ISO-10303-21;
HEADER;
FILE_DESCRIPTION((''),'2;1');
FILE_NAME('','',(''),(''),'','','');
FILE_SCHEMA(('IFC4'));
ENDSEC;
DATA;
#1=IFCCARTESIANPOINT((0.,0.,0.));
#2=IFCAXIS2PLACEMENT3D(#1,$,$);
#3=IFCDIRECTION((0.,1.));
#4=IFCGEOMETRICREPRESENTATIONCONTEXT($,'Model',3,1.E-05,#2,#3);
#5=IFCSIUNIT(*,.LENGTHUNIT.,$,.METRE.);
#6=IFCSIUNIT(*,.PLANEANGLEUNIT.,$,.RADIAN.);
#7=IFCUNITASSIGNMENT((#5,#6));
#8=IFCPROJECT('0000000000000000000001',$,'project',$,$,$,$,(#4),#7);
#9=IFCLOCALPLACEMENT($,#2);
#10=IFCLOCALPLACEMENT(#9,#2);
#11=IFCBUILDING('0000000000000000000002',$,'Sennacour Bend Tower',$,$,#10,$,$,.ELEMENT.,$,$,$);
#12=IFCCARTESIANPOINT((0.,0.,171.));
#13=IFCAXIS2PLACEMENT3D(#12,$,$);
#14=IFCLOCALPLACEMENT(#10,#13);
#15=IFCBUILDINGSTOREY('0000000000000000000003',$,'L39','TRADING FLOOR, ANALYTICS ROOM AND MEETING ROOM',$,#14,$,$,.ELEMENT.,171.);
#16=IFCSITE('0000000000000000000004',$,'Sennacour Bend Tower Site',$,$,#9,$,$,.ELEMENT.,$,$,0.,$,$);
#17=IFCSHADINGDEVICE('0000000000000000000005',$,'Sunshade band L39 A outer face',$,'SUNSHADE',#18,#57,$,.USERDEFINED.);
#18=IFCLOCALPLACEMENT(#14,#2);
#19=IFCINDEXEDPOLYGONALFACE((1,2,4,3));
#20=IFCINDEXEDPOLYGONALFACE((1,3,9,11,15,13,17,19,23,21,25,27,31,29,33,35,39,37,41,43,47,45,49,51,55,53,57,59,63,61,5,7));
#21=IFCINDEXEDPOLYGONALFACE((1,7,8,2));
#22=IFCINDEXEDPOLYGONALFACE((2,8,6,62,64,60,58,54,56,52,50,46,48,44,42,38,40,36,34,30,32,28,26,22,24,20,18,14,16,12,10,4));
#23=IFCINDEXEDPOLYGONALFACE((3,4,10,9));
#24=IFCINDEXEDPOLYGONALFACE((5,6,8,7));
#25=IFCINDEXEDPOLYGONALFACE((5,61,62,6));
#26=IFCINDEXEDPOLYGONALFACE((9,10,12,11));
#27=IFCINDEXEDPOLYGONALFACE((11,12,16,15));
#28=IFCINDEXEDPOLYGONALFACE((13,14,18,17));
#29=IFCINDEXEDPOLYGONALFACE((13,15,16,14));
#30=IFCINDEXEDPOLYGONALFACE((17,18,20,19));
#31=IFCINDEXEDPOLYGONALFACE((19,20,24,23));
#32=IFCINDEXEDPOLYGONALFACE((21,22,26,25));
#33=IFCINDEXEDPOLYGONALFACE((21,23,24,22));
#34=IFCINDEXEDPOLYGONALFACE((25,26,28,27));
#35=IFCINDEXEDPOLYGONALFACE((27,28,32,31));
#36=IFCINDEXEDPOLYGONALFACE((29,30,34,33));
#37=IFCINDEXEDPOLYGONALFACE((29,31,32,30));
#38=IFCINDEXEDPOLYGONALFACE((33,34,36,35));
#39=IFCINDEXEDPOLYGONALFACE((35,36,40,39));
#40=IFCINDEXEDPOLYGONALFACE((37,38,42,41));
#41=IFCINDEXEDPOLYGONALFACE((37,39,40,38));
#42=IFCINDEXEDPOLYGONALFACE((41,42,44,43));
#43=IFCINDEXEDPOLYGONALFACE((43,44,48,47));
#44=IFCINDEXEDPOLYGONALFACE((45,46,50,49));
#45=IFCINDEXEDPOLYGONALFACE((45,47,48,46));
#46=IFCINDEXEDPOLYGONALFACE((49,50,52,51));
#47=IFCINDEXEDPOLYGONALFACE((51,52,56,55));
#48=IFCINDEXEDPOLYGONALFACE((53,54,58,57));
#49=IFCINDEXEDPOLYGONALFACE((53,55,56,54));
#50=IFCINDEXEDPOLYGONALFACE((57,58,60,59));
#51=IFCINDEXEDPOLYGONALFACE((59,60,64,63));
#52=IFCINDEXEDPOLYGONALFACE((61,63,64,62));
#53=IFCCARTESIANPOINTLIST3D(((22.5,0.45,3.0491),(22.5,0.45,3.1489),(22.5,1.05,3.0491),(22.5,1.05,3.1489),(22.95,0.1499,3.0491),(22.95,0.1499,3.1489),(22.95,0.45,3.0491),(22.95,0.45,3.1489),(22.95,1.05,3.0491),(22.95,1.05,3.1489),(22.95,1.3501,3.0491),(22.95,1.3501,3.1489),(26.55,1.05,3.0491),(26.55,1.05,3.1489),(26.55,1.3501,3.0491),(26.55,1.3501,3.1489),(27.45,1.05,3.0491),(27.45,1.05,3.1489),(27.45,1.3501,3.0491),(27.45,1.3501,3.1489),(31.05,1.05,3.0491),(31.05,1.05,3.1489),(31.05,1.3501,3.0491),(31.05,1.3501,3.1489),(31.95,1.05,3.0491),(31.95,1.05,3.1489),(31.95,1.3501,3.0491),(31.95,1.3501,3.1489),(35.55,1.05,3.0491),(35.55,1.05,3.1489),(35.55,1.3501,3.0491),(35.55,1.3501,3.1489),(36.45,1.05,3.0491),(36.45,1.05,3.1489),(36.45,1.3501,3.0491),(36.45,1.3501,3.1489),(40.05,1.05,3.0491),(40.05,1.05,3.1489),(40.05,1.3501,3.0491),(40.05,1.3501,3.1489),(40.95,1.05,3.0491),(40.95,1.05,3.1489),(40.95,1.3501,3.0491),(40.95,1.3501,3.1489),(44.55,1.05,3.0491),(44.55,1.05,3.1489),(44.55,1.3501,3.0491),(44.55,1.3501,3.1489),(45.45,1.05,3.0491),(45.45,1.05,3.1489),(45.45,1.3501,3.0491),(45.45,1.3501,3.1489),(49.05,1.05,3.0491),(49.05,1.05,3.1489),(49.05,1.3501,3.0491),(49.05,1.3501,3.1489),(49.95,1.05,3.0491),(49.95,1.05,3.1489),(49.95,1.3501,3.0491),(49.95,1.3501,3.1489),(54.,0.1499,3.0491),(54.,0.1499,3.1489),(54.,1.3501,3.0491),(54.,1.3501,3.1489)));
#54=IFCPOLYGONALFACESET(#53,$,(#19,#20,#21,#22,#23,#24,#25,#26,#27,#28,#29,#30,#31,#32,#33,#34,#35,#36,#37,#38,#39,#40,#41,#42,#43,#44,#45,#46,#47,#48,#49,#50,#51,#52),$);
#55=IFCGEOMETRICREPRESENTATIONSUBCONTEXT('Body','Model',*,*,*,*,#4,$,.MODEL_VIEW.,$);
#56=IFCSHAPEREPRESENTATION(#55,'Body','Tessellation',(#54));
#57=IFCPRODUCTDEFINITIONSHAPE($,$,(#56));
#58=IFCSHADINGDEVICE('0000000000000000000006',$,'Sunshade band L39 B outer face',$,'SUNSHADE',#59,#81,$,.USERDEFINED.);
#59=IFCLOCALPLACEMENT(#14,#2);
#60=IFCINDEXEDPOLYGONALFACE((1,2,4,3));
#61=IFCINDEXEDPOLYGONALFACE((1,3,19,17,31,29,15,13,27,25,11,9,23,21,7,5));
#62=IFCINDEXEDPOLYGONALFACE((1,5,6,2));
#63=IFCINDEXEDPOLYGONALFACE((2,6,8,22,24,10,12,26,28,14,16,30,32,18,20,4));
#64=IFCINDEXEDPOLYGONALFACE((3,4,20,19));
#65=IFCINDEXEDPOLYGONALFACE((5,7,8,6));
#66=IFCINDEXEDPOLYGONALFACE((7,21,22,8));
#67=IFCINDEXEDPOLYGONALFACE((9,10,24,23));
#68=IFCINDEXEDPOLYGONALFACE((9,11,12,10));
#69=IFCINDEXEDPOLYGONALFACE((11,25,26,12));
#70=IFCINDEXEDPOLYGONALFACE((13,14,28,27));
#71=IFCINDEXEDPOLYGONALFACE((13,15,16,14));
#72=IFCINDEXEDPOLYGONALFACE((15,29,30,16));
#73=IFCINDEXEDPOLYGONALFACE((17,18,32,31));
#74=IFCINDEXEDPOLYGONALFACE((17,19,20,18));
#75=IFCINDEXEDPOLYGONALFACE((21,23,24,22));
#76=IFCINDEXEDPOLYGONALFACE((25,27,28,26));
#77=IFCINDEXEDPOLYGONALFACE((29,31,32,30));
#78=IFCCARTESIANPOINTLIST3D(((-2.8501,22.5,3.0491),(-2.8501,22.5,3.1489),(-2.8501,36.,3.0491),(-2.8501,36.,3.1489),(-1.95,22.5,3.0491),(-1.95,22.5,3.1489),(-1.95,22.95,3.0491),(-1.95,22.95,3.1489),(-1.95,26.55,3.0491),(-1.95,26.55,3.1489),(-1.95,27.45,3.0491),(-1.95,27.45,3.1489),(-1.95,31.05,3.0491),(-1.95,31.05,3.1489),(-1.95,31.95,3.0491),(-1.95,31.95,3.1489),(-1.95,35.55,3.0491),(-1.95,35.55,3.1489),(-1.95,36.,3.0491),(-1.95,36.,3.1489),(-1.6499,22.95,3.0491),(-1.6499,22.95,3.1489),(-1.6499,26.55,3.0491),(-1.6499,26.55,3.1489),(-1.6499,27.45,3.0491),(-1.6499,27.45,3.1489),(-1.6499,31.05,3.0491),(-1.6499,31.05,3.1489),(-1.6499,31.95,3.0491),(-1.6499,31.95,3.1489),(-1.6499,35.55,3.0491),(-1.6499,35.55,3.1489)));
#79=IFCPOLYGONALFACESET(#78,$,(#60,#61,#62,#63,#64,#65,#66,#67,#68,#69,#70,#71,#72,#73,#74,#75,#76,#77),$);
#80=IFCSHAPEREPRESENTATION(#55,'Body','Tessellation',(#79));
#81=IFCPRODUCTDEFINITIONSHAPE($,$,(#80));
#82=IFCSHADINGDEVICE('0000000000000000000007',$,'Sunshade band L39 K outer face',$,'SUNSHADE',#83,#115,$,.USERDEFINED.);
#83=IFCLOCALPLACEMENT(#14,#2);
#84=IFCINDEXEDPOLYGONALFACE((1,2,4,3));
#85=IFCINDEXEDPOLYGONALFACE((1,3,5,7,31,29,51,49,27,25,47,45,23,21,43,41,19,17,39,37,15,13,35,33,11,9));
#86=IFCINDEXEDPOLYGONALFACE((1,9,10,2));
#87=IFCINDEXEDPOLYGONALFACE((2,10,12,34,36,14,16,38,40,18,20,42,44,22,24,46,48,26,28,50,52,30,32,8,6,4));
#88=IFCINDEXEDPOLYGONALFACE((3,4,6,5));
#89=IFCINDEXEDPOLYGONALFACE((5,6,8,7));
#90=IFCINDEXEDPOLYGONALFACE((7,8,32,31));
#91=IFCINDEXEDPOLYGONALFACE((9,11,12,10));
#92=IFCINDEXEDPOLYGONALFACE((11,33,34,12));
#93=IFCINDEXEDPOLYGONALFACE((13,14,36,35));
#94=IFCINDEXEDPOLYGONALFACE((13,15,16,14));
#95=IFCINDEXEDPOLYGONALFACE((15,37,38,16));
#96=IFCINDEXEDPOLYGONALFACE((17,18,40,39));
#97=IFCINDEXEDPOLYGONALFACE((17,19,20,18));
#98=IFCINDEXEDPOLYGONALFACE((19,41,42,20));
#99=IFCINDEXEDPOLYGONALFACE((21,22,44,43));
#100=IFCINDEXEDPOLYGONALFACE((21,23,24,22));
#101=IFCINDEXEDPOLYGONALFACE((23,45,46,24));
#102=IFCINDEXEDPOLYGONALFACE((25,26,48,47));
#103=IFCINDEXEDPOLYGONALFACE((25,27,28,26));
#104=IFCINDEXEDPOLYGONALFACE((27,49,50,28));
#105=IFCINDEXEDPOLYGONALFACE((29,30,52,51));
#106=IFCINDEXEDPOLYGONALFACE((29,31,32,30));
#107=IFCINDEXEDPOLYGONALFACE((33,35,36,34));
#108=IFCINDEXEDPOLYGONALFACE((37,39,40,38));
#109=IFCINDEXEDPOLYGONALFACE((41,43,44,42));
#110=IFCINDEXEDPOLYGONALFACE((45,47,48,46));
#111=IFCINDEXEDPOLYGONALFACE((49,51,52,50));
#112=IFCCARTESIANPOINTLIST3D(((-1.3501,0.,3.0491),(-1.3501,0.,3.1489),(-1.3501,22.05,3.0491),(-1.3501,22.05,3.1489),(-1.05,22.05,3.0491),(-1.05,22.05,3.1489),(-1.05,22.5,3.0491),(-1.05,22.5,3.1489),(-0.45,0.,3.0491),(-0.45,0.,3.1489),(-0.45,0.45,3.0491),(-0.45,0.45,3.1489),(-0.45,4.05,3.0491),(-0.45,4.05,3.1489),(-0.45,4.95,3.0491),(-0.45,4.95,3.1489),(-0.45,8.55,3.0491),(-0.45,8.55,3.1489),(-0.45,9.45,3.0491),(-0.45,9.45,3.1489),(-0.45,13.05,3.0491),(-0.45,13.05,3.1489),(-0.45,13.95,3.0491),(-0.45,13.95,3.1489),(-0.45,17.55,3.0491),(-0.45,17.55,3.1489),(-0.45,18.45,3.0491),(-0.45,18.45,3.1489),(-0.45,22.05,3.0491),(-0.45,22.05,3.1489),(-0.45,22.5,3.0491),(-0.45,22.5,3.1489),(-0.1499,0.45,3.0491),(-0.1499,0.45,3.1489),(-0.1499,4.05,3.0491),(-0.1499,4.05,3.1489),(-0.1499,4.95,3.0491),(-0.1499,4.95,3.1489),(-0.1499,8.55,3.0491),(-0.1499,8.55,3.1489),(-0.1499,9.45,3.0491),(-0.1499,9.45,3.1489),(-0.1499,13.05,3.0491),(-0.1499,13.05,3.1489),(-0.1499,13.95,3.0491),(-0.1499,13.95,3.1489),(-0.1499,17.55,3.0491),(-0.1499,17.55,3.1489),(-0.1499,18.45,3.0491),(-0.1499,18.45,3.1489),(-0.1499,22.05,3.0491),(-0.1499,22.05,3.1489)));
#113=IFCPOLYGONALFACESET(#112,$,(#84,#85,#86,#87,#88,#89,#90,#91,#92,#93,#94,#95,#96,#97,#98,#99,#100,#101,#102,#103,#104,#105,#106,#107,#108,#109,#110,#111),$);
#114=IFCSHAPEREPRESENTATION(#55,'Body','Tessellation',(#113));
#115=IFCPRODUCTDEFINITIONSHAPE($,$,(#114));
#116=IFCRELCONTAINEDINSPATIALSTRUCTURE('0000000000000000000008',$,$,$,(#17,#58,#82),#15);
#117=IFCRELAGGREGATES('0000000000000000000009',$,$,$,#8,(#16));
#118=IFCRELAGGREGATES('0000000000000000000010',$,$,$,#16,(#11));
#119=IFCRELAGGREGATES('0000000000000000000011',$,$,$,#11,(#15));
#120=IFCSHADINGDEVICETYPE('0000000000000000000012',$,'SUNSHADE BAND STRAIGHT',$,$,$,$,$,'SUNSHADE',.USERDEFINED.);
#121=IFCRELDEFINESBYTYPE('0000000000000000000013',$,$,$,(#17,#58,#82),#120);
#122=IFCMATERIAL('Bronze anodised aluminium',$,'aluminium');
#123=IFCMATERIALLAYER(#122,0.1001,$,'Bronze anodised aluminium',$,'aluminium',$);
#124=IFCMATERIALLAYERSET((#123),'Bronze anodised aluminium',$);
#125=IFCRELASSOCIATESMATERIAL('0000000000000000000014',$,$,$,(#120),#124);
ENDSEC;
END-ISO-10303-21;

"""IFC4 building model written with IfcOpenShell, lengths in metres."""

from ifc_helpers import new_model, si_unit, direction, frame, origin, place, context, subcontext, project, spatial, polyline, outline, extrude, material, layer, layer_set, type_object, element, save


model = new_model("IFC4")

# Units and contexts
model_context = context("Model", 3, precision=1e-05, world=origin(), true_north=direction((0.0, 1.0)))
body_context = subcontext(model_context, "Body", "Model", "MODEL_VIEW")
ifc_project = project(units=[si_unit("LENGTHUNIT", "METRE"), si_unit("PLANEANGLEUNIT", "RADIAN")], contexts=[model_context])

# Site, building, storey
site_placement = place(None, origin())
site = spatial("IfcSite", under=ifc_project, at=site_placement, Name="Sennacour Bend Tower Site", CompositionType="ELEMENT", RefElevation=0.0)
building_placement = place(site_placement, origin())
building = spatial("IfcBuilding", under=site, at=building_placement, Name="Sennacour Bend Tower", CompositionType="ELEMENT")
storey_placement = place(building_placement, frame((0.0, 0.0, 171.0)))
storey = spatial("IfcBuildingStorey", under=building, at=storey_placement, Name="L39", Description="TRADING FLOOR, ANALYTICS ROOM AND MEETING ROOM", CompositionType="ELEMENT", Elevation=171.0)

# Shading devices
ifc_material_1 = material(Name="Bronze anodised aluminium", Category="aluminium")
ifc_layer_1 = layer(ifc_material_1, 0.1001, Name="Bronze anodised aluminium", Category="aluminium")
ifc_layer_set_1 = layer_set([ifc_layer_1], Name="Bronze anodised aluminium")
shading_device_type_1 = type_object("IfcShadingDeviceType", Name="SUNSHADE BAND STRAIGHT", ElementType="SUNSHADE", PredefinedType="USERDEFINED", material=ifc_layer_set_1)
shading_device_1_placement = place(storey_placement, frame((0.0, 0.0, 3.0491)))
element("IfcShadingDevice", 1, at=shading_device_1_placement, inside=storey, type_object=shading_device_type_1, Name="Sunshade band L39 A outer face", ObjectType="SUNSHADE", PredefinedType="USERDEFINED", context=body_context, shape_type="SweptSolid", body=[
    extrude(outline(polyline([(26.55, 1.3501), (26.55, 1.05), (27.45, 1.05), (27.45, 1.3501), (31.05, 1.3501), (31.05, 1.05), (31.95, 1.05), (31.95, 1.3501), (35.55, 1.3501), (35.55, 1.05), (36.45, 1.05), (36.45, 1.3501), (40.05, 1.3501), (40.05, 1.05), (40.95, 1.05), (40.95, 1.3501), (44.55, 1.3501), (44.55, 1.05), (45.45, 1.05), (45.45, 1.3501), (49.05, 1.3501), (49.05, 1.05), (49.95, 1.05), (49.95, 1.3501), (54.0, 1.3501), (54.0, 0.1499), (22.95, 0.1499), (22.95, 0.45), (22.5, 0.45), (22.5, 1.05), (22.95, 1.05), (22.95, 1.3501), (26.55, 1.3501)])), origin(), (0.0, 0.0, 1.0), 0.0999),
])
shading_device_2_placement = place(storey_placement, frame((0.0, 0.0, 3.0491)))
element("IfcShadingDevice", 2, at=shading_device_2_placement, inside=storey, type_object=shading_device_type_1, Name="Sunshade band L39 B outer face", ObjectType="SUNSHADE", PredefinedType="USERDEFINED", context=body_context, shape_type="SweptSolid", body=[
    extrude(outline(polyline([(-1.6499, 31.95), (-1.95, 31.95), (-1.95, 31.05), (-1.6499, 31.05), (-1.6499, 27.45), (-1.95, 27.45), (-1.95, 26.55), (-1.6499, 26.55), (-1.6499, 22.95), (-1.95, 22.95), (-1.95, 22.5), (-2.8501, 22.5), (-2.8501, 36.0), (-1.95, 36.0), (-1.95, 35.55), (-1.6499, 35.55), (-1.6499, 31.95)])), origin(), (0.0, 0.0, 1.0), 0.0999),
])
shading_device_3_placement = place(storey_placement, frame((0.0, 0.0, 3.0491)))
element("IfcShadingDevice", 3, at=shading_device_3_placement, inside=storey, type_object=shading_device_type_1, Name="Sunshade band L39 K outer face", ObjectType="SUNSHADE", PredefinedType="USERDEFINED", context=body_context, shape_type="SweptSolid", body=[
    extrude(outline(polyline([(-0.1499, 18.45), (-0.45, 18.45), (-0.45, 17.55), (-0.1499, 17.55), (-0.1499, 13.95), (-0.45, 13.95), (-0.45, 13.05), (-0.1499, 13.05), (-0.1499, 9.45), (-0.45, 9.45), (-0.45, 8.55), (-0.1499, 8.55), (-0.1499, 4.95), (-0.45, 4.95), (-0.45, 4.05), (-0.1499, 4.05), (-0.1499, 0.45), (-0.45, 0.45), (-0.45, 0.0), (-1.3501, 0.0), (-1.3501, 22.05), (-1.05, 22.05), (-1.05, 22.5), (-0.45, 22.5), (-0.45, 22.05), (-0.1499, 22.05), (-0.1499, 18.45)])), origin(), (0.0, 0.0, 1.0), 0.0999),
])

save(model, "model.ifc")
